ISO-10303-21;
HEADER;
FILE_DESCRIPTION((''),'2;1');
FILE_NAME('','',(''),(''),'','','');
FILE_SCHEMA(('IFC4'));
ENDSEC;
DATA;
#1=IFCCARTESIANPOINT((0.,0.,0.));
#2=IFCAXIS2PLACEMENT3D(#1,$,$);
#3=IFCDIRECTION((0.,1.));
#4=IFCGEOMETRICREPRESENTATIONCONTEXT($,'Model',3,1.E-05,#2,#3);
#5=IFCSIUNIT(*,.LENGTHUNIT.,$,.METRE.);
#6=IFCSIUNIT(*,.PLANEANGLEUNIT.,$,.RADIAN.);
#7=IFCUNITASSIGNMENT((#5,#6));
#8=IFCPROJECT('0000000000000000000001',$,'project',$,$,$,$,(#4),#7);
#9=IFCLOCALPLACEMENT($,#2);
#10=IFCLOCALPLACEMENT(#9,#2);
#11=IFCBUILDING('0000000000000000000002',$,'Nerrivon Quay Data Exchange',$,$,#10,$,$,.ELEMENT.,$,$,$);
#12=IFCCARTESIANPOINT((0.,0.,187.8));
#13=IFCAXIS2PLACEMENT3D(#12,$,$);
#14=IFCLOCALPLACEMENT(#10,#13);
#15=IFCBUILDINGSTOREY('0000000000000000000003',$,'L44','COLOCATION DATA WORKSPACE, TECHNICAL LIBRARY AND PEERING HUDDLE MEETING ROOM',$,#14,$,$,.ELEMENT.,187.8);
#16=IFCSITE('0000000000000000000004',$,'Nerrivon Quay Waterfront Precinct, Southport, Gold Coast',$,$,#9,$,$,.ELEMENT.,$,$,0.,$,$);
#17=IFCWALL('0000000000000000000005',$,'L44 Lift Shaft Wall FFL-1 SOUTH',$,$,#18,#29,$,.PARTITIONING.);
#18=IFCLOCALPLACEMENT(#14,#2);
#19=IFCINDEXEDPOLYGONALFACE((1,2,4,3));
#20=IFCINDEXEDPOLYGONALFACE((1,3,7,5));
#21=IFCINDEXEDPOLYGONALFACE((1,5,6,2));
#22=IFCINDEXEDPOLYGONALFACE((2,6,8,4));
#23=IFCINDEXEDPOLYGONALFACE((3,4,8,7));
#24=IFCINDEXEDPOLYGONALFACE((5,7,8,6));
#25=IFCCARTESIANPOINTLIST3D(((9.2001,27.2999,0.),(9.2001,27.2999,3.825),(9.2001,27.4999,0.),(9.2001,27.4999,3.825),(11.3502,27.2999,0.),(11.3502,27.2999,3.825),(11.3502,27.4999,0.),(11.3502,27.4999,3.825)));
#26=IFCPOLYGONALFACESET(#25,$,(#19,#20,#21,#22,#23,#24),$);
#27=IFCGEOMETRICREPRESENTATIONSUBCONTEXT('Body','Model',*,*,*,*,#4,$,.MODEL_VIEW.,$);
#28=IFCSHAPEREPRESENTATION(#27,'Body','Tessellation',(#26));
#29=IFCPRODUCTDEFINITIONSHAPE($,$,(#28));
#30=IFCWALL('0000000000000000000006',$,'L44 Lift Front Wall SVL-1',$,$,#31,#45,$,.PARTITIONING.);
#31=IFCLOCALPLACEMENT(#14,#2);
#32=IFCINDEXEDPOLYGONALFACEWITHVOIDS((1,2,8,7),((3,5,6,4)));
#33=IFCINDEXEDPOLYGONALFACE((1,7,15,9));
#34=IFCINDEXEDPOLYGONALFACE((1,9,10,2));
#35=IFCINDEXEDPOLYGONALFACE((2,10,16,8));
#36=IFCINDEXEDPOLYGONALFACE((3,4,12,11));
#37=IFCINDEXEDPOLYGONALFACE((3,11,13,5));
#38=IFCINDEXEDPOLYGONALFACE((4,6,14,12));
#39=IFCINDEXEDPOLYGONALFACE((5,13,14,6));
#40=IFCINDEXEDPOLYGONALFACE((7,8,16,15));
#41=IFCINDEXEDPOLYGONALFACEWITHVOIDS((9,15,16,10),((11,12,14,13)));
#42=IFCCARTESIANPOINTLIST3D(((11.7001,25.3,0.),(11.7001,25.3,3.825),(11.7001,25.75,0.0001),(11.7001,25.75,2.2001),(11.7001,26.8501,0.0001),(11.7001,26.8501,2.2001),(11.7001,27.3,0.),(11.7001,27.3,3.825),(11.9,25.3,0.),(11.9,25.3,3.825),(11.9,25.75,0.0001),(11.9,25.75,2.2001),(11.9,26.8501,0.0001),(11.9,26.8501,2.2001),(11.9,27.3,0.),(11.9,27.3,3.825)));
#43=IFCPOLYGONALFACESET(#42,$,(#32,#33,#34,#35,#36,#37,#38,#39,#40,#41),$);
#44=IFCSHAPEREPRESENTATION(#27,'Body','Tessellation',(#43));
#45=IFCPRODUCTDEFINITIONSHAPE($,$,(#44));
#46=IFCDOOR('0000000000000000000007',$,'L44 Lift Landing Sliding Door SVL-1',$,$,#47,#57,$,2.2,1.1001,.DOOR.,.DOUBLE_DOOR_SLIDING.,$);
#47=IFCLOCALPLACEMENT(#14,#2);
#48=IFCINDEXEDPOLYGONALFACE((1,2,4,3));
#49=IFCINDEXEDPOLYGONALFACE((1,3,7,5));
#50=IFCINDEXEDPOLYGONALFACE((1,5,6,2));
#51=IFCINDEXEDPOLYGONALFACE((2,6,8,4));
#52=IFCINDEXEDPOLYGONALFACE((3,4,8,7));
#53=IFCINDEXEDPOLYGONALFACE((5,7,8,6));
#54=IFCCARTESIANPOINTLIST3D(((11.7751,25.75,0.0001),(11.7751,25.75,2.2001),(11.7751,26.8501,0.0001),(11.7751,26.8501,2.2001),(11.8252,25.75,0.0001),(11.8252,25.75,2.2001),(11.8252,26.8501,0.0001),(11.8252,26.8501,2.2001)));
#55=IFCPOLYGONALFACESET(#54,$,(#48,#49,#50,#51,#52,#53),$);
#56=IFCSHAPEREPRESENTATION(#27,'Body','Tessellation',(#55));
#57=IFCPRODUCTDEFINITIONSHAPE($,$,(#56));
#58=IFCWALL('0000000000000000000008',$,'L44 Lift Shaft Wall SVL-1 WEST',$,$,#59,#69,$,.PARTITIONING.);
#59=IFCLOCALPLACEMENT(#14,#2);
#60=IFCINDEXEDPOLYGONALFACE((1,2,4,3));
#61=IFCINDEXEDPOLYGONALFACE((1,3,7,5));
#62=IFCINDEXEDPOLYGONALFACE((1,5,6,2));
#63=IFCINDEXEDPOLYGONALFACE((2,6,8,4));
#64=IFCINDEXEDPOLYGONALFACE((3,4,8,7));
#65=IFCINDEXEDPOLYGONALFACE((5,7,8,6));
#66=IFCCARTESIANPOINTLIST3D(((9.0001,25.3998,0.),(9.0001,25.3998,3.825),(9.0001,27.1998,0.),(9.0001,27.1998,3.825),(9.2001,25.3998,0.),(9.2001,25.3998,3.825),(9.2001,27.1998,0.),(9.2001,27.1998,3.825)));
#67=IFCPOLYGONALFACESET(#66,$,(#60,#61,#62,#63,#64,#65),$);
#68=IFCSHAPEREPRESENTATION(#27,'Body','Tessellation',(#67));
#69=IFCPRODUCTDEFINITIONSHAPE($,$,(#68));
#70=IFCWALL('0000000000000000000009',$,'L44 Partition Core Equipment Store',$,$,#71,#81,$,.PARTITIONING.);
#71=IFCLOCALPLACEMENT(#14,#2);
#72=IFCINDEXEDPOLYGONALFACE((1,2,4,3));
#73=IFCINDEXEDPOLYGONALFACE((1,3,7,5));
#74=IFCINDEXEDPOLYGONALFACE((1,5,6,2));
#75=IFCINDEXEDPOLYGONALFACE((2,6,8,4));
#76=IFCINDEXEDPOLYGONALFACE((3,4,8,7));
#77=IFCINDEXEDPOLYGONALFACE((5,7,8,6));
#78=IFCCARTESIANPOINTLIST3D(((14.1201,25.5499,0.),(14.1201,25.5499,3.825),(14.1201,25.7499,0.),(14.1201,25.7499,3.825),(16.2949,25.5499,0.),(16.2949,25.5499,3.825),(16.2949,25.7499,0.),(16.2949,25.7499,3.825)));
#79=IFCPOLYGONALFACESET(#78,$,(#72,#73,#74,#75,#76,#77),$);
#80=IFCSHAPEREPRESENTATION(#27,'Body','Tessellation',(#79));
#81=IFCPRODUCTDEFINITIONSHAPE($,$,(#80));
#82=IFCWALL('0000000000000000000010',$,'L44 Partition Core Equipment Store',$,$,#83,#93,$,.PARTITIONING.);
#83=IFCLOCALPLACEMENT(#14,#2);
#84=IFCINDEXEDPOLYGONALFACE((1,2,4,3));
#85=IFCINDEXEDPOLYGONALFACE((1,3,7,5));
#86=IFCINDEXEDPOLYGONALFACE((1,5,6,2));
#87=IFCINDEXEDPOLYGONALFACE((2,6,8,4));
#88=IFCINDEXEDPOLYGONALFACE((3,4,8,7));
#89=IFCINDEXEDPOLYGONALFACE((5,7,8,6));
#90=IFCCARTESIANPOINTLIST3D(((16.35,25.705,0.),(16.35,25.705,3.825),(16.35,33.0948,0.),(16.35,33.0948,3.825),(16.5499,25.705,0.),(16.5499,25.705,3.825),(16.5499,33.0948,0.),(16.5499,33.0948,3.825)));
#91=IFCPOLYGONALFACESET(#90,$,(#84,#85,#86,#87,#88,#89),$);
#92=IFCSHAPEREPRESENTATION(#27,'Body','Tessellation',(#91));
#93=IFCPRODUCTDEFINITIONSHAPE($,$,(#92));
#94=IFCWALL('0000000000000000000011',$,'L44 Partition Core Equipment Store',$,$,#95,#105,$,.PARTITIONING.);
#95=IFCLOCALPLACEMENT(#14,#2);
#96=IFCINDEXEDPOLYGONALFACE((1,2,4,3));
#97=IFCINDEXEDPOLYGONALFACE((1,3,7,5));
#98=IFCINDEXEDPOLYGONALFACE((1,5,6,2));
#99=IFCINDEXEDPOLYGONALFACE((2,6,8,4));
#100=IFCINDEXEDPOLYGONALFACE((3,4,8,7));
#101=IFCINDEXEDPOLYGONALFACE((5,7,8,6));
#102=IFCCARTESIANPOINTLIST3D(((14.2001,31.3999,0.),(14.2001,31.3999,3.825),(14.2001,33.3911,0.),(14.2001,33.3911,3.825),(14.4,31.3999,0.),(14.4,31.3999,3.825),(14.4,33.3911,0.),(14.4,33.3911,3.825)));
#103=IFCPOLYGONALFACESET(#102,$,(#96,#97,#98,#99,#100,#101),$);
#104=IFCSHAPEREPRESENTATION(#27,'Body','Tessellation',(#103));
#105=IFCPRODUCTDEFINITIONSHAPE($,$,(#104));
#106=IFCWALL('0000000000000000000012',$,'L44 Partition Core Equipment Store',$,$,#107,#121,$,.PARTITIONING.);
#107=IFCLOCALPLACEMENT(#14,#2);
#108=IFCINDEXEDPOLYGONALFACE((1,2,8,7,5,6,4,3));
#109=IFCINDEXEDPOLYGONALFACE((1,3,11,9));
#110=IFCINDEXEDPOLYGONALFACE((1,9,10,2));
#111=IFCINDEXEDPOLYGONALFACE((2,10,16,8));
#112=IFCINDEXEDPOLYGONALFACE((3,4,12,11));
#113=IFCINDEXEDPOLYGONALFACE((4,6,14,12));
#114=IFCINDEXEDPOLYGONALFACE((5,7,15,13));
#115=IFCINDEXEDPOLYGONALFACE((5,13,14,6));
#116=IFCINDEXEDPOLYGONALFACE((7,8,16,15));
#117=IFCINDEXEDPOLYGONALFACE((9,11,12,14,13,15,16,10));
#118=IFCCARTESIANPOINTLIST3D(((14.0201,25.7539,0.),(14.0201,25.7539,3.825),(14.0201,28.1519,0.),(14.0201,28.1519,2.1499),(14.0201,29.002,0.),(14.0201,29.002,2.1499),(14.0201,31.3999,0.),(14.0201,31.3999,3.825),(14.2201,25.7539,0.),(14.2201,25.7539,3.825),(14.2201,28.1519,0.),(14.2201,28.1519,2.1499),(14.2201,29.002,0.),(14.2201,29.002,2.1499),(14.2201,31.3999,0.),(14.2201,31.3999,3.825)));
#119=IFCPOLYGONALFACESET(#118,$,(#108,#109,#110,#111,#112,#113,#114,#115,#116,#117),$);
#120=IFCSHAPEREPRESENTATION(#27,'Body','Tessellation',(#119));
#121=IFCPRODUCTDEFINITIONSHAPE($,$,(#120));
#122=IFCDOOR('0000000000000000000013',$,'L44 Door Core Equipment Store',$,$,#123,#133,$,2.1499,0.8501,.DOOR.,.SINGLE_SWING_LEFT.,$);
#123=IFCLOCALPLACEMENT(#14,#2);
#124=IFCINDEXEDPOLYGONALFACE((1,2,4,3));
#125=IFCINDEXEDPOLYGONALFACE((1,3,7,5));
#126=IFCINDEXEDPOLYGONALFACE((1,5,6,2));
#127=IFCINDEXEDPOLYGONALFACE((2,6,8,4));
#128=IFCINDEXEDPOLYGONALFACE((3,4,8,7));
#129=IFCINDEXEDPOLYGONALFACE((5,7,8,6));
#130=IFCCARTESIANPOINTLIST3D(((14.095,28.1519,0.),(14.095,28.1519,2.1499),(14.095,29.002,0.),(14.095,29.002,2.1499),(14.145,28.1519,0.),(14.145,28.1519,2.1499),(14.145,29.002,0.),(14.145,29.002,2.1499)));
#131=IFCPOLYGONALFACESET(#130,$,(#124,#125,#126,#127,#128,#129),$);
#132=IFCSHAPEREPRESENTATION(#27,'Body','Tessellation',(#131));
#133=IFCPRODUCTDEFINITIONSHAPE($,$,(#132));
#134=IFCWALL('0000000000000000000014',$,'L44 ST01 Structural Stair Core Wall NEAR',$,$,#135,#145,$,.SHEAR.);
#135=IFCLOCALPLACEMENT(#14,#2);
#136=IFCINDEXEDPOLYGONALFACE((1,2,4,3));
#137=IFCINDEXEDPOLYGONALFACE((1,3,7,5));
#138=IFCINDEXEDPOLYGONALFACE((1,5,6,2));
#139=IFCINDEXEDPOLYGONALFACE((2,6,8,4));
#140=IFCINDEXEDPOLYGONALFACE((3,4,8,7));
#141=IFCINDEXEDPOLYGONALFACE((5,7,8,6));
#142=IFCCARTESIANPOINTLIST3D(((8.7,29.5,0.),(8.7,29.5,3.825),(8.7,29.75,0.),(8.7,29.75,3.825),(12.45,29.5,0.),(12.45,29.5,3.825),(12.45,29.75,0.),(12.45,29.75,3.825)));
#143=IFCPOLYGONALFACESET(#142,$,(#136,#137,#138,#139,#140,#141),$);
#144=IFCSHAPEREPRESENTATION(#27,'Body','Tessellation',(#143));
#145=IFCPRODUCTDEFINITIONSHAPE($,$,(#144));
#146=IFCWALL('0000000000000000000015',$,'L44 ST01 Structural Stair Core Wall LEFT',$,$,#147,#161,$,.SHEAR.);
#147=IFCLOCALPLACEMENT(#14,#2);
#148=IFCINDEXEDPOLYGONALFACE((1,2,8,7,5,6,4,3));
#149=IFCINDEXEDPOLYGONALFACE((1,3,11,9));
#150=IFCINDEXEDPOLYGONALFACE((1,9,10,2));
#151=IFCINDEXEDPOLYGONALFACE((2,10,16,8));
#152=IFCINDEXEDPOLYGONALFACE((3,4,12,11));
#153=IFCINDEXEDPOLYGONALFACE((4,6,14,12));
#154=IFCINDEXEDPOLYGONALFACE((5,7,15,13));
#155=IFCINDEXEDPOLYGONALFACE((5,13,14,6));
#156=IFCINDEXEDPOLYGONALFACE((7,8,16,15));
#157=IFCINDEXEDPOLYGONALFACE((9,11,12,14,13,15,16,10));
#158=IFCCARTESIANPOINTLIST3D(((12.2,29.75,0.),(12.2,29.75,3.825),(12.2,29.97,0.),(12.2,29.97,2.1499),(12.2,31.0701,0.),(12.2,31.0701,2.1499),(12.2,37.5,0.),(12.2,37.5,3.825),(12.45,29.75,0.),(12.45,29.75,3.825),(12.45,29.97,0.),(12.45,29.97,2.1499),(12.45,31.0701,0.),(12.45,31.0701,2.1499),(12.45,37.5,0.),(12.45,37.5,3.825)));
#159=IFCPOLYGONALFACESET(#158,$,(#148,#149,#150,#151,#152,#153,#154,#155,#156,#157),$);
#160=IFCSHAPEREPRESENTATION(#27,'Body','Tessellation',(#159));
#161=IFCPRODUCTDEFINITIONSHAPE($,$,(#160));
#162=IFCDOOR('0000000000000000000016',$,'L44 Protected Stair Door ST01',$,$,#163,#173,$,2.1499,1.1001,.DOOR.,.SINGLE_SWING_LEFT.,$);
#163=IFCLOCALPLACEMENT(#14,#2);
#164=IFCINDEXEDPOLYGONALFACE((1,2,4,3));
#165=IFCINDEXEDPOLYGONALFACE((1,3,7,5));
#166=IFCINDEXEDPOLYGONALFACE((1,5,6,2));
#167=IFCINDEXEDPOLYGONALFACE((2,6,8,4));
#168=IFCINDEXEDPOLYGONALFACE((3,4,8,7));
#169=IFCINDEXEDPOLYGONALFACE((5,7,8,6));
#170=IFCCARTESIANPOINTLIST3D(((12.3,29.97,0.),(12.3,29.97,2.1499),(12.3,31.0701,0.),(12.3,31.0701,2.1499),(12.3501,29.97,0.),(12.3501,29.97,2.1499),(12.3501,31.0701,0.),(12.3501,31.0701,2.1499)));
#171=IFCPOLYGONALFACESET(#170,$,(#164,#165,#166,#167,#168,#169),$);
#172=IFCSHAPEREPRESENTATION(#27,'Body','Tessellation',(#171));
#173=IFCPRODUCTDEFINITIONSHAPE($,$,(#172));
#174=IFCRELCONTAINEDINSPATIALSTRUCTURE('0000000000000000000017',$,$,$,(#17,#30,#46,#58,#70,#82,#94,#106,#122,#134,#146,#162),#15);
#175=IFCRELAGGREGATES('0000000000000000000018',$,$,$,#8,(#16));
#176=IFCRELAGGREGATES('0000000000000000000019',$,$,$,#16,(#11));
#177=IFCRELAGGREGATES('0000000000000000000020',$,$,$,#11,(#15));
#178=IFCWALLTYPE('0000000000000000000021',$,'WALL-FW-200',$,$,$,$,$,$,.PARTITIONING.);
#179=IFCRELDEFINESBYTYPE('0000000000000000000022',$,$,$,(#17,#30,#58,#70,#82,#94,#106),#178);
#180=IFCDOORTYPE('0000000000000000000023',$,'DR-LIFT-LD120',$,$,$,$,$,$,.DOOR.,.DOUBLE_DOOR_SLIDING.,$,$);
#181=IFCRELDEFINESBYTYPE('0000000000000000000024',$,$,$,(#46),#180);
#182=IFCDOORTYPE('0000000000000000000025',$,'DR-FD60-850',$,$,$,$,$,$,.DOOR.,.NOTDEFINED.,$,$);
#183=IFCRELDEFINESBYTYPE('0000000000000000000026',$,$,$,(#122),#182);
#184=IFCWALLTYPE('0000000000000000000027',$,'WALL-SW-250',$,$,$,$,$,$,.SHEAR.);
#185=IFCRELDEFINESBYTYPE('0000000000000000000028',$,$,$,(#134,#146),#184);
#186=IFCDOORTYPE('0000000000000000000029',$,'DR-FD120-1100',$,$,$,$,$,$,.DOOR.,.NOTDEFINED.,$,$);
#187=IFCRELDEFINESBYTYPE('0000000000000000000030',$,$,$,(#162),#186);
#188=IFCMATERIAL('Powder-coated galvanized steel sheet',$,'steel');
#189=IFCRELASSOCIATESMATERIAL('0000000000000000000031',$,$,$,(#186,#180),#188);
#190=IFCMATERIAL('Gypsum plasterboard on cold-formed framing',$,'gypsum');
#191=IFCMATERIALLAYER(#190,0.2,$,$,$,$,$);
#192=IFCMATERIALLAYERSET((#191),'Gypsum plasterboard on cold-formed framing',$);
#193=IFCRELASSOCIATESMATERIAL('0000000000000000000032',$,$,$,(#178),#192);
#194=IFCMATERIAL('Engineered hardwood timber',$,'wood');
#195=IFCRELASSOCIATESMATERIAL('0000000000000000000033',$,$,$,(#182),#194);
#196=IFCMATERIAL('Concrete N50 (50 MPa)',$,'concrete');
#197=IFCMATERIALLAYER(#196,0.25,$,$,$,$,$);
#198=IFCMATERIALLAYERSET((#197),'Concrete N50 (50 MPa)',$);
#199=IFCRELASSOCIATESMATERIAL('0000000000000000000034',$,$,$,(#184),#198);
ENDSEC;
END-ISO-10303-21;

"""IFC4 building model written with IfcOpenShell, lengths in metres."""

from ifc_helpers import new_model, si_unit, direction, frame, frame_2d, origin, place, context, subcontext, project, spatial, rectangle, extrude, material, layer, layer_set, type_object, element, fill, save


model = new_model("IFC4")

# Units and contexts
model_context = context("Model", 3, precision=1e-05, world=origin(), true_north=direction((0.0, 1.0)))
body_context = subcontext(model_context, "Body", "Model", "MODEL_VIEW")
ifc_project = project(units=[si_unit("LENGTHUNIT", "METRE"), si_unit("PLANEANGLEUNIT", "RADIAN")], contexts=[model_context])

# Site, building, storey
site_placement = place(None, origin())
site = spatial("IfcSite", under=ifc_project, at=site_placement, Name="Nerrivon Quay Waterfront Precinct, Southport, Gold Coast", CompositionType="ELEMENT", RefElevation=0.0)
building_placement = place(site_placement, origin())
building = spatial("IfcBuilding", under=site, at=building_placement, Name="Nerrivon Quay Data Exchange", CompositionType="ELEMENT")
storey_placement = place(building_placement, frame((0.0, 0.0, 187.8)))
storey = spatial("IfcBuildingStorey", under=building, at=storey_placement, Name="L44", Description="COLOCATION DATA WORKSPACE, TECHNICAL LIBRARY AND PEERING HUDDLE MEETING ROOM", CompositionType="ELEMENT", Elevation=187.8)

# Shared definitions
ifc_material_1 = material(Name="Powder-coated galvanized steel sheet", Category="steel")
door_type_1 = type_object("IfcDoorType", Name="DR-FD120-1100", OperationType="NOTDEFINED", PredefinedType="DOOR", material=ifc_material_1)
ifc_material_2 = material(Name="Gypsum plasterboard on cold-formed framing", Category="gypsum")
ifc_layer_1 = layer(ifc_material_2, 0.2)
ifc_layer_set_1 = layer_set([ifc_layer_1], Name="Gypsum plasterboard on cold-formed framing")
wall_type_1 = type_object("IfcWallType", Name="WALL-FW-200", PredefinedType="PARTITIONING", material=ifc_layer_set_1)
door_type_2 = type_object("IfcDoorType", Name="DR-LIFT-LD120", OperationType="DOUBLE_DOOR_SLIDING", PredefinedType="DOOR", material=ifc_material_1)

# Wall
wall_1_placement = place(storey_placement, frame((9.2, 27.3999, 0.0), z_axis=(0.0, 0.0, 1.0), x_axis=(1.0, 0.0, 0.0)))
element("IfcWall", 1, at=wall_1_placement, inside=storey, type_object=wall_type_1, Name="L44 Lift Shaft Wall FFL-1 SOUTH", PredefinedType="PARTITIONING", context=body_context, shape_type="SweptSolid", body=[
    extrude(rectangle(XDim=2.1501, YDim=0.2, at=frame_2d((1.0752, 0.0))), origin(), (0.0, 0.0, 1.0), 3.825),
])

# Wall, opening, door
wall_2_placement = place(storey_placement, frame((11.8, 25.3, 0.0), z_axis=(0.0, 0.0, 1.0), x_axis=(0.0, 1.0, 0.0)))
wall_2 = element("IfcWall", 2, at=wall_2_placement, inside=storey, type_object=wall_type_1, Name="L44 Lift Front Wall SVL-1", PredefinedType="PARTITIONING", context=body_context, shape_type="SweptSolid", body=[
    extrude(rectangle(XDim=2.0, YDim=0.2, at=frame_2d((1.0, 0.0))), origin(), (0.0, 0.0, 1.0), 3.825),
])
opening_1_placement = place(wall_2_placement, frame((0.45, 0.0, 0.0)))
opening_1 = element("IfcOpeningElement", 3, at=opening_1_placement, cuts=wall_2, PredefinedType="OPENING", context=body_context, shape_type="SweptSolid", body=[
    extrude(rectangle(XDim=1.1001, YDim=2.2, at=frame_2d((0.55, 1.1001))), frame((0.0, 0.1099, 0.0), z_axis=(0.0, -1.0, 0.0), x_axis=(1.0, 0.0, 0.0)), (0.0, 0.0, 1.0), 0.22),
])
door_1_placement = place(opening_1_placement, origin())
door_1 = element("IfcDoor", 4, at=door_1_placement, inside=storey, type_object=door_type_2, Name="L44 Lift Landing Sliding Door SVL-1", OperationType="DOUBLE_DOOR_SLIDING", OverallHeight=2.2, OverallWidth=1.1001, PredefinedType="DOOR", context=body_context, shape_type="SweptSolid", body=[
    extrude(rectangle(XDim=1.1001, YDim=2.2, at=frame_2d((0.55, 1.1001))), frame((0.0, 0.0249, 0.0), z_axis=(0.0, -1.0, 0.0), x_axis=(1.0, 0.0, 0.0)), (0.0, 0.0, 1.0), 0.05),
])
fill(opening_1, door_1)

# Walls
wall_3_placement = place(storey_placement, frame((9.1001, 25.3999, 0.0), z_axis=(0.0, 0.0, 1.0), x_axis=(0.0, 1.0, 0.0)))
element("IfcWall", 5, at=wall_3_placement, inside=storey, type_object=wall_type_1, Name="L44 Lift Shaft Wall SVL-1 WEST", PredefinedType="PARTITIONING", context=body_context, shape_type="SweptSolid", body=[
    extrude(rectangle(XDim=1.8, YDim=0.2, at=frame_2d((0.8999, 0.0))), origin(), (0.0, 0.0, 1.0), 3.825),
])
wall_4_placement = place(storey_placement, frame((14.1201, 25.6499, 0.0), z_axis=(0.0, 0.0, 1.0), x_axis=(1.0, 0.0, 0.0)))
element("IfcWall", 6, at=wall_4_placement, inside=storey, type_object=wall_type_1, Name="L44 Partition Core Equipment Store", PredefinedType="PARTITIONING", context=body_context, shape_type="SweptSolid", body=[
    extrude(rectangle(XDim=2.1748, YDim=0.2, at=frame_2d((1.0874, 0.0))), origin(), (0.0, 0.0, 1.0), 3.825),
])
wall_5_placement = place(storey_placement, frame((16.45, 25.7051, 0.0), z_axis=(0.0, 0.0, 1.0), x_axis=(0.0, 1.0, 0.0)))
element("IfcWall", 7, at=wall_5_placement, inside=storey, type_object=wall_type_1, Name="L44 Partition Core Equipment Store", PredefinedType="PARTITIONING", context=body_context, shape_type="SweptSolid", body=[
    extrude(rectangle(XDim=7.3899, YDim=0.2, at=frame_2d((3.6948, 0.0))), origin(), (0.0, 0.0, 1.0), 3.825),
])
wall_6_placement = place(storey_placement, frame((14.3, 33.3911, 0.0), z_axis=(0.0, 0.0, 1.0), x_axis=(0.0, -1.0, 0.0)))
element("IfcWall", 8, at=wall_6_placement, inside=storey, type_object=wall_type_1, Name="L44 Partition Core Equipment Store", PredefinedType="PARTITIONING", context=body_context, shape_type="SweptSolid", body=[
    extrude(rectangle(XDim=1.9912, YDim=0.2, at=frame_2d((0.9956, 0.0))), origin(), (0.0, 0.0, 1.0), 3.825),
])

# Wall, opening, door
wall_7_placement = place(storey_placement, frame((14.1201, 31.3999, 0.0), z_axis=(0.0, 0.0, 1.0), x_axis=(0.0, -1.0, 0.0)))
wall_7 = element("IfcWall", 9, at=wall_7_placement, inside=storey, type_object=wall_type_1, Name="L44 Partition Core Equipment Store", PredefinedType="PARTITIONING", context=body_context, shape_type="SweptSolid", body=[
    extrude(rectangle(XDim=5.646, YDim=0.2, at=frame_2d((2.823, 0.0))), origin(), (0.0, 0.0, 1.0), 3.825),
])
opening_2_placement = place(wall_7_placement, frame((2.3979, 0.0, 0.0)))
opening_2 = element("IfcOpeningElement", 10, at=opening_2_placement, cuts=wall_7, PredefinedType="OPENING", context=body_context, shape_type="SweptSolid", body=[
    extrude(rectangle(XDim=0.8501, YDim=2.1499, at=frame_2d((0.425, 1.075))), frame((0.0, 0.1099, 0.0), z_axis=(0.0, -1.0, 0.0), x_axis=(1.0, 0.0, 0.0)), (0.0, 0.0, 1.0), 0.22),
])
ifc_material_3 = material(Name="Engineered hardwood timber", Category="wood")
door_type_3 = type_object("IfcDoorType", Name="DR-FD60-850", OperationType="NOTDEFINED", PredefinedType="DOOR", material=ifc_material_3)
door_2_placement = place(opening_2_placement, origin())
door_2 = element("IfcDoor", 11, at=door_2_placement, inside=storey, type_object=door_type_3, Name="L44 Door Core Equipment Store", OperationType="SINGLE_SWING_LEFT", OverallHeight=2.1499, OverallWidth=0.8501, PredefinedType="DOOR", context=body_context, shape_type="SweptSolid", body=[
    extrude(rectangle(XDim=0.8501, YDim=2.1499, at=frame_2d((0.425, 1.075))), frame((0.0, 0.0249, 0.0), z_axis=(0.0, -1.0, 0.0), x_axis=(1.0, 0.0, 0.0)), (0.0, 0.0, 1.0), 0.05),
])
fill(opening_2, door_2)

# Wall
ifc_material_4 = material(Name="Concrete N50 (50 MPa)", Category="concrete")
ifc_layer_2 = layer(ifc_material_4, 0.25)
ifc_layer_set_2 = layer_set([ifc_layer_2], Name="Concrete N50 (50 MPa)")
wall_type_2 = type_object("IfcWallType", Name="WALL-SW-250", PredefinedType="SHEAR", material=ifc_layer_set_2)
wall_8_placement = place(storey_placement, frame((12.45, 29.625, 0.0), z_axis=(0.0, 0.0, 1.0), x_axis=(-1.0, 0.0, 0.0)))
element("IfcWall", 12, at=wall_8_placement, inside=storey, type_object=wall_type_2, Name="L44 ST01 Structural Stair Core Wall NEAR", PredefinedType="SHEAR", context=body_context, shape_type="SweptSolid", body=[
    extrude(rectangle(XDim=3.75, YDim=0.25, at=frame_2d((1.875, 0.0))), origin(), (0.0, 0.0, 1.0), 3.825),
])

# Wall, opening, door
wall_9_placement = place(storey_placement, frame((12.325, 29.75, 0.0), z_axis=(0.0, 0.0, 1.0), x_axis=(0.0, 1.0, 0.0)))
wall_9 = element("IfcWall", 13, at=wall_9_placement, inside=storey, type_object=wall_type_2, Name="L44 ST01 Structural Stair Core Wall LEFT", PredefinedType="SHEAR", context=body_context, shape_type="SweptSolid", body=[
    extrude(rectangle(XDim=7.75, YDim=0.25, at=frame_2d((3.875, 0.0))), origin(), (0.0, 0.0, 1.0), 3.825),
])
opening_3_placement = place(wall_9_placement, frame((0.22, 0.0, 0.0)))
opening_3 = element("IfcOpeningElement", 14, at=opening_3_placement, cuts=wall_9, PredefinedType="OPENING", context=body_context, shape_type="SweptSolid", body=[
    extrude(rectangle(XDim=1.1001, YDim=2.1499, at=frame_2d((0.55, 1.075))), frame((0.0, 0.135, 0.0), z_axis=(0.0, -1.0, 0.0), x_axis=(1.0, 0.0, 0.0)), (0.0, 0.0, 1.0), 0.27),
])
door_3_placement = place(opening_3_placement, origin())
door_3 = element("IfcDoor", 15, at=door_3_placement, inside=storey, type_object=door_type_1, Name="L44 Protected Stair Door ST01", OperationType="SINGLE_SWING_LEFT", OverallHeight=2.1499, OverallWidth=1.1001, PredefinedType="DOOR", context=body_context, shape_type="SweptSolid", body=[
    extrude(rectangle(XDim=1.1001, YDim=2.1499, at=frame_2d((0.55, 1.075))), frame((0.0, 0.0249, 0.0), z_axis=(0.0, -1.0, 0.0), x_axis=(1.0, 0.0, 0.0)), (0.0, 0.0, 1.0), 0.05),
])
fill(opening_3, door_3)

save(model, "model.ifc")
